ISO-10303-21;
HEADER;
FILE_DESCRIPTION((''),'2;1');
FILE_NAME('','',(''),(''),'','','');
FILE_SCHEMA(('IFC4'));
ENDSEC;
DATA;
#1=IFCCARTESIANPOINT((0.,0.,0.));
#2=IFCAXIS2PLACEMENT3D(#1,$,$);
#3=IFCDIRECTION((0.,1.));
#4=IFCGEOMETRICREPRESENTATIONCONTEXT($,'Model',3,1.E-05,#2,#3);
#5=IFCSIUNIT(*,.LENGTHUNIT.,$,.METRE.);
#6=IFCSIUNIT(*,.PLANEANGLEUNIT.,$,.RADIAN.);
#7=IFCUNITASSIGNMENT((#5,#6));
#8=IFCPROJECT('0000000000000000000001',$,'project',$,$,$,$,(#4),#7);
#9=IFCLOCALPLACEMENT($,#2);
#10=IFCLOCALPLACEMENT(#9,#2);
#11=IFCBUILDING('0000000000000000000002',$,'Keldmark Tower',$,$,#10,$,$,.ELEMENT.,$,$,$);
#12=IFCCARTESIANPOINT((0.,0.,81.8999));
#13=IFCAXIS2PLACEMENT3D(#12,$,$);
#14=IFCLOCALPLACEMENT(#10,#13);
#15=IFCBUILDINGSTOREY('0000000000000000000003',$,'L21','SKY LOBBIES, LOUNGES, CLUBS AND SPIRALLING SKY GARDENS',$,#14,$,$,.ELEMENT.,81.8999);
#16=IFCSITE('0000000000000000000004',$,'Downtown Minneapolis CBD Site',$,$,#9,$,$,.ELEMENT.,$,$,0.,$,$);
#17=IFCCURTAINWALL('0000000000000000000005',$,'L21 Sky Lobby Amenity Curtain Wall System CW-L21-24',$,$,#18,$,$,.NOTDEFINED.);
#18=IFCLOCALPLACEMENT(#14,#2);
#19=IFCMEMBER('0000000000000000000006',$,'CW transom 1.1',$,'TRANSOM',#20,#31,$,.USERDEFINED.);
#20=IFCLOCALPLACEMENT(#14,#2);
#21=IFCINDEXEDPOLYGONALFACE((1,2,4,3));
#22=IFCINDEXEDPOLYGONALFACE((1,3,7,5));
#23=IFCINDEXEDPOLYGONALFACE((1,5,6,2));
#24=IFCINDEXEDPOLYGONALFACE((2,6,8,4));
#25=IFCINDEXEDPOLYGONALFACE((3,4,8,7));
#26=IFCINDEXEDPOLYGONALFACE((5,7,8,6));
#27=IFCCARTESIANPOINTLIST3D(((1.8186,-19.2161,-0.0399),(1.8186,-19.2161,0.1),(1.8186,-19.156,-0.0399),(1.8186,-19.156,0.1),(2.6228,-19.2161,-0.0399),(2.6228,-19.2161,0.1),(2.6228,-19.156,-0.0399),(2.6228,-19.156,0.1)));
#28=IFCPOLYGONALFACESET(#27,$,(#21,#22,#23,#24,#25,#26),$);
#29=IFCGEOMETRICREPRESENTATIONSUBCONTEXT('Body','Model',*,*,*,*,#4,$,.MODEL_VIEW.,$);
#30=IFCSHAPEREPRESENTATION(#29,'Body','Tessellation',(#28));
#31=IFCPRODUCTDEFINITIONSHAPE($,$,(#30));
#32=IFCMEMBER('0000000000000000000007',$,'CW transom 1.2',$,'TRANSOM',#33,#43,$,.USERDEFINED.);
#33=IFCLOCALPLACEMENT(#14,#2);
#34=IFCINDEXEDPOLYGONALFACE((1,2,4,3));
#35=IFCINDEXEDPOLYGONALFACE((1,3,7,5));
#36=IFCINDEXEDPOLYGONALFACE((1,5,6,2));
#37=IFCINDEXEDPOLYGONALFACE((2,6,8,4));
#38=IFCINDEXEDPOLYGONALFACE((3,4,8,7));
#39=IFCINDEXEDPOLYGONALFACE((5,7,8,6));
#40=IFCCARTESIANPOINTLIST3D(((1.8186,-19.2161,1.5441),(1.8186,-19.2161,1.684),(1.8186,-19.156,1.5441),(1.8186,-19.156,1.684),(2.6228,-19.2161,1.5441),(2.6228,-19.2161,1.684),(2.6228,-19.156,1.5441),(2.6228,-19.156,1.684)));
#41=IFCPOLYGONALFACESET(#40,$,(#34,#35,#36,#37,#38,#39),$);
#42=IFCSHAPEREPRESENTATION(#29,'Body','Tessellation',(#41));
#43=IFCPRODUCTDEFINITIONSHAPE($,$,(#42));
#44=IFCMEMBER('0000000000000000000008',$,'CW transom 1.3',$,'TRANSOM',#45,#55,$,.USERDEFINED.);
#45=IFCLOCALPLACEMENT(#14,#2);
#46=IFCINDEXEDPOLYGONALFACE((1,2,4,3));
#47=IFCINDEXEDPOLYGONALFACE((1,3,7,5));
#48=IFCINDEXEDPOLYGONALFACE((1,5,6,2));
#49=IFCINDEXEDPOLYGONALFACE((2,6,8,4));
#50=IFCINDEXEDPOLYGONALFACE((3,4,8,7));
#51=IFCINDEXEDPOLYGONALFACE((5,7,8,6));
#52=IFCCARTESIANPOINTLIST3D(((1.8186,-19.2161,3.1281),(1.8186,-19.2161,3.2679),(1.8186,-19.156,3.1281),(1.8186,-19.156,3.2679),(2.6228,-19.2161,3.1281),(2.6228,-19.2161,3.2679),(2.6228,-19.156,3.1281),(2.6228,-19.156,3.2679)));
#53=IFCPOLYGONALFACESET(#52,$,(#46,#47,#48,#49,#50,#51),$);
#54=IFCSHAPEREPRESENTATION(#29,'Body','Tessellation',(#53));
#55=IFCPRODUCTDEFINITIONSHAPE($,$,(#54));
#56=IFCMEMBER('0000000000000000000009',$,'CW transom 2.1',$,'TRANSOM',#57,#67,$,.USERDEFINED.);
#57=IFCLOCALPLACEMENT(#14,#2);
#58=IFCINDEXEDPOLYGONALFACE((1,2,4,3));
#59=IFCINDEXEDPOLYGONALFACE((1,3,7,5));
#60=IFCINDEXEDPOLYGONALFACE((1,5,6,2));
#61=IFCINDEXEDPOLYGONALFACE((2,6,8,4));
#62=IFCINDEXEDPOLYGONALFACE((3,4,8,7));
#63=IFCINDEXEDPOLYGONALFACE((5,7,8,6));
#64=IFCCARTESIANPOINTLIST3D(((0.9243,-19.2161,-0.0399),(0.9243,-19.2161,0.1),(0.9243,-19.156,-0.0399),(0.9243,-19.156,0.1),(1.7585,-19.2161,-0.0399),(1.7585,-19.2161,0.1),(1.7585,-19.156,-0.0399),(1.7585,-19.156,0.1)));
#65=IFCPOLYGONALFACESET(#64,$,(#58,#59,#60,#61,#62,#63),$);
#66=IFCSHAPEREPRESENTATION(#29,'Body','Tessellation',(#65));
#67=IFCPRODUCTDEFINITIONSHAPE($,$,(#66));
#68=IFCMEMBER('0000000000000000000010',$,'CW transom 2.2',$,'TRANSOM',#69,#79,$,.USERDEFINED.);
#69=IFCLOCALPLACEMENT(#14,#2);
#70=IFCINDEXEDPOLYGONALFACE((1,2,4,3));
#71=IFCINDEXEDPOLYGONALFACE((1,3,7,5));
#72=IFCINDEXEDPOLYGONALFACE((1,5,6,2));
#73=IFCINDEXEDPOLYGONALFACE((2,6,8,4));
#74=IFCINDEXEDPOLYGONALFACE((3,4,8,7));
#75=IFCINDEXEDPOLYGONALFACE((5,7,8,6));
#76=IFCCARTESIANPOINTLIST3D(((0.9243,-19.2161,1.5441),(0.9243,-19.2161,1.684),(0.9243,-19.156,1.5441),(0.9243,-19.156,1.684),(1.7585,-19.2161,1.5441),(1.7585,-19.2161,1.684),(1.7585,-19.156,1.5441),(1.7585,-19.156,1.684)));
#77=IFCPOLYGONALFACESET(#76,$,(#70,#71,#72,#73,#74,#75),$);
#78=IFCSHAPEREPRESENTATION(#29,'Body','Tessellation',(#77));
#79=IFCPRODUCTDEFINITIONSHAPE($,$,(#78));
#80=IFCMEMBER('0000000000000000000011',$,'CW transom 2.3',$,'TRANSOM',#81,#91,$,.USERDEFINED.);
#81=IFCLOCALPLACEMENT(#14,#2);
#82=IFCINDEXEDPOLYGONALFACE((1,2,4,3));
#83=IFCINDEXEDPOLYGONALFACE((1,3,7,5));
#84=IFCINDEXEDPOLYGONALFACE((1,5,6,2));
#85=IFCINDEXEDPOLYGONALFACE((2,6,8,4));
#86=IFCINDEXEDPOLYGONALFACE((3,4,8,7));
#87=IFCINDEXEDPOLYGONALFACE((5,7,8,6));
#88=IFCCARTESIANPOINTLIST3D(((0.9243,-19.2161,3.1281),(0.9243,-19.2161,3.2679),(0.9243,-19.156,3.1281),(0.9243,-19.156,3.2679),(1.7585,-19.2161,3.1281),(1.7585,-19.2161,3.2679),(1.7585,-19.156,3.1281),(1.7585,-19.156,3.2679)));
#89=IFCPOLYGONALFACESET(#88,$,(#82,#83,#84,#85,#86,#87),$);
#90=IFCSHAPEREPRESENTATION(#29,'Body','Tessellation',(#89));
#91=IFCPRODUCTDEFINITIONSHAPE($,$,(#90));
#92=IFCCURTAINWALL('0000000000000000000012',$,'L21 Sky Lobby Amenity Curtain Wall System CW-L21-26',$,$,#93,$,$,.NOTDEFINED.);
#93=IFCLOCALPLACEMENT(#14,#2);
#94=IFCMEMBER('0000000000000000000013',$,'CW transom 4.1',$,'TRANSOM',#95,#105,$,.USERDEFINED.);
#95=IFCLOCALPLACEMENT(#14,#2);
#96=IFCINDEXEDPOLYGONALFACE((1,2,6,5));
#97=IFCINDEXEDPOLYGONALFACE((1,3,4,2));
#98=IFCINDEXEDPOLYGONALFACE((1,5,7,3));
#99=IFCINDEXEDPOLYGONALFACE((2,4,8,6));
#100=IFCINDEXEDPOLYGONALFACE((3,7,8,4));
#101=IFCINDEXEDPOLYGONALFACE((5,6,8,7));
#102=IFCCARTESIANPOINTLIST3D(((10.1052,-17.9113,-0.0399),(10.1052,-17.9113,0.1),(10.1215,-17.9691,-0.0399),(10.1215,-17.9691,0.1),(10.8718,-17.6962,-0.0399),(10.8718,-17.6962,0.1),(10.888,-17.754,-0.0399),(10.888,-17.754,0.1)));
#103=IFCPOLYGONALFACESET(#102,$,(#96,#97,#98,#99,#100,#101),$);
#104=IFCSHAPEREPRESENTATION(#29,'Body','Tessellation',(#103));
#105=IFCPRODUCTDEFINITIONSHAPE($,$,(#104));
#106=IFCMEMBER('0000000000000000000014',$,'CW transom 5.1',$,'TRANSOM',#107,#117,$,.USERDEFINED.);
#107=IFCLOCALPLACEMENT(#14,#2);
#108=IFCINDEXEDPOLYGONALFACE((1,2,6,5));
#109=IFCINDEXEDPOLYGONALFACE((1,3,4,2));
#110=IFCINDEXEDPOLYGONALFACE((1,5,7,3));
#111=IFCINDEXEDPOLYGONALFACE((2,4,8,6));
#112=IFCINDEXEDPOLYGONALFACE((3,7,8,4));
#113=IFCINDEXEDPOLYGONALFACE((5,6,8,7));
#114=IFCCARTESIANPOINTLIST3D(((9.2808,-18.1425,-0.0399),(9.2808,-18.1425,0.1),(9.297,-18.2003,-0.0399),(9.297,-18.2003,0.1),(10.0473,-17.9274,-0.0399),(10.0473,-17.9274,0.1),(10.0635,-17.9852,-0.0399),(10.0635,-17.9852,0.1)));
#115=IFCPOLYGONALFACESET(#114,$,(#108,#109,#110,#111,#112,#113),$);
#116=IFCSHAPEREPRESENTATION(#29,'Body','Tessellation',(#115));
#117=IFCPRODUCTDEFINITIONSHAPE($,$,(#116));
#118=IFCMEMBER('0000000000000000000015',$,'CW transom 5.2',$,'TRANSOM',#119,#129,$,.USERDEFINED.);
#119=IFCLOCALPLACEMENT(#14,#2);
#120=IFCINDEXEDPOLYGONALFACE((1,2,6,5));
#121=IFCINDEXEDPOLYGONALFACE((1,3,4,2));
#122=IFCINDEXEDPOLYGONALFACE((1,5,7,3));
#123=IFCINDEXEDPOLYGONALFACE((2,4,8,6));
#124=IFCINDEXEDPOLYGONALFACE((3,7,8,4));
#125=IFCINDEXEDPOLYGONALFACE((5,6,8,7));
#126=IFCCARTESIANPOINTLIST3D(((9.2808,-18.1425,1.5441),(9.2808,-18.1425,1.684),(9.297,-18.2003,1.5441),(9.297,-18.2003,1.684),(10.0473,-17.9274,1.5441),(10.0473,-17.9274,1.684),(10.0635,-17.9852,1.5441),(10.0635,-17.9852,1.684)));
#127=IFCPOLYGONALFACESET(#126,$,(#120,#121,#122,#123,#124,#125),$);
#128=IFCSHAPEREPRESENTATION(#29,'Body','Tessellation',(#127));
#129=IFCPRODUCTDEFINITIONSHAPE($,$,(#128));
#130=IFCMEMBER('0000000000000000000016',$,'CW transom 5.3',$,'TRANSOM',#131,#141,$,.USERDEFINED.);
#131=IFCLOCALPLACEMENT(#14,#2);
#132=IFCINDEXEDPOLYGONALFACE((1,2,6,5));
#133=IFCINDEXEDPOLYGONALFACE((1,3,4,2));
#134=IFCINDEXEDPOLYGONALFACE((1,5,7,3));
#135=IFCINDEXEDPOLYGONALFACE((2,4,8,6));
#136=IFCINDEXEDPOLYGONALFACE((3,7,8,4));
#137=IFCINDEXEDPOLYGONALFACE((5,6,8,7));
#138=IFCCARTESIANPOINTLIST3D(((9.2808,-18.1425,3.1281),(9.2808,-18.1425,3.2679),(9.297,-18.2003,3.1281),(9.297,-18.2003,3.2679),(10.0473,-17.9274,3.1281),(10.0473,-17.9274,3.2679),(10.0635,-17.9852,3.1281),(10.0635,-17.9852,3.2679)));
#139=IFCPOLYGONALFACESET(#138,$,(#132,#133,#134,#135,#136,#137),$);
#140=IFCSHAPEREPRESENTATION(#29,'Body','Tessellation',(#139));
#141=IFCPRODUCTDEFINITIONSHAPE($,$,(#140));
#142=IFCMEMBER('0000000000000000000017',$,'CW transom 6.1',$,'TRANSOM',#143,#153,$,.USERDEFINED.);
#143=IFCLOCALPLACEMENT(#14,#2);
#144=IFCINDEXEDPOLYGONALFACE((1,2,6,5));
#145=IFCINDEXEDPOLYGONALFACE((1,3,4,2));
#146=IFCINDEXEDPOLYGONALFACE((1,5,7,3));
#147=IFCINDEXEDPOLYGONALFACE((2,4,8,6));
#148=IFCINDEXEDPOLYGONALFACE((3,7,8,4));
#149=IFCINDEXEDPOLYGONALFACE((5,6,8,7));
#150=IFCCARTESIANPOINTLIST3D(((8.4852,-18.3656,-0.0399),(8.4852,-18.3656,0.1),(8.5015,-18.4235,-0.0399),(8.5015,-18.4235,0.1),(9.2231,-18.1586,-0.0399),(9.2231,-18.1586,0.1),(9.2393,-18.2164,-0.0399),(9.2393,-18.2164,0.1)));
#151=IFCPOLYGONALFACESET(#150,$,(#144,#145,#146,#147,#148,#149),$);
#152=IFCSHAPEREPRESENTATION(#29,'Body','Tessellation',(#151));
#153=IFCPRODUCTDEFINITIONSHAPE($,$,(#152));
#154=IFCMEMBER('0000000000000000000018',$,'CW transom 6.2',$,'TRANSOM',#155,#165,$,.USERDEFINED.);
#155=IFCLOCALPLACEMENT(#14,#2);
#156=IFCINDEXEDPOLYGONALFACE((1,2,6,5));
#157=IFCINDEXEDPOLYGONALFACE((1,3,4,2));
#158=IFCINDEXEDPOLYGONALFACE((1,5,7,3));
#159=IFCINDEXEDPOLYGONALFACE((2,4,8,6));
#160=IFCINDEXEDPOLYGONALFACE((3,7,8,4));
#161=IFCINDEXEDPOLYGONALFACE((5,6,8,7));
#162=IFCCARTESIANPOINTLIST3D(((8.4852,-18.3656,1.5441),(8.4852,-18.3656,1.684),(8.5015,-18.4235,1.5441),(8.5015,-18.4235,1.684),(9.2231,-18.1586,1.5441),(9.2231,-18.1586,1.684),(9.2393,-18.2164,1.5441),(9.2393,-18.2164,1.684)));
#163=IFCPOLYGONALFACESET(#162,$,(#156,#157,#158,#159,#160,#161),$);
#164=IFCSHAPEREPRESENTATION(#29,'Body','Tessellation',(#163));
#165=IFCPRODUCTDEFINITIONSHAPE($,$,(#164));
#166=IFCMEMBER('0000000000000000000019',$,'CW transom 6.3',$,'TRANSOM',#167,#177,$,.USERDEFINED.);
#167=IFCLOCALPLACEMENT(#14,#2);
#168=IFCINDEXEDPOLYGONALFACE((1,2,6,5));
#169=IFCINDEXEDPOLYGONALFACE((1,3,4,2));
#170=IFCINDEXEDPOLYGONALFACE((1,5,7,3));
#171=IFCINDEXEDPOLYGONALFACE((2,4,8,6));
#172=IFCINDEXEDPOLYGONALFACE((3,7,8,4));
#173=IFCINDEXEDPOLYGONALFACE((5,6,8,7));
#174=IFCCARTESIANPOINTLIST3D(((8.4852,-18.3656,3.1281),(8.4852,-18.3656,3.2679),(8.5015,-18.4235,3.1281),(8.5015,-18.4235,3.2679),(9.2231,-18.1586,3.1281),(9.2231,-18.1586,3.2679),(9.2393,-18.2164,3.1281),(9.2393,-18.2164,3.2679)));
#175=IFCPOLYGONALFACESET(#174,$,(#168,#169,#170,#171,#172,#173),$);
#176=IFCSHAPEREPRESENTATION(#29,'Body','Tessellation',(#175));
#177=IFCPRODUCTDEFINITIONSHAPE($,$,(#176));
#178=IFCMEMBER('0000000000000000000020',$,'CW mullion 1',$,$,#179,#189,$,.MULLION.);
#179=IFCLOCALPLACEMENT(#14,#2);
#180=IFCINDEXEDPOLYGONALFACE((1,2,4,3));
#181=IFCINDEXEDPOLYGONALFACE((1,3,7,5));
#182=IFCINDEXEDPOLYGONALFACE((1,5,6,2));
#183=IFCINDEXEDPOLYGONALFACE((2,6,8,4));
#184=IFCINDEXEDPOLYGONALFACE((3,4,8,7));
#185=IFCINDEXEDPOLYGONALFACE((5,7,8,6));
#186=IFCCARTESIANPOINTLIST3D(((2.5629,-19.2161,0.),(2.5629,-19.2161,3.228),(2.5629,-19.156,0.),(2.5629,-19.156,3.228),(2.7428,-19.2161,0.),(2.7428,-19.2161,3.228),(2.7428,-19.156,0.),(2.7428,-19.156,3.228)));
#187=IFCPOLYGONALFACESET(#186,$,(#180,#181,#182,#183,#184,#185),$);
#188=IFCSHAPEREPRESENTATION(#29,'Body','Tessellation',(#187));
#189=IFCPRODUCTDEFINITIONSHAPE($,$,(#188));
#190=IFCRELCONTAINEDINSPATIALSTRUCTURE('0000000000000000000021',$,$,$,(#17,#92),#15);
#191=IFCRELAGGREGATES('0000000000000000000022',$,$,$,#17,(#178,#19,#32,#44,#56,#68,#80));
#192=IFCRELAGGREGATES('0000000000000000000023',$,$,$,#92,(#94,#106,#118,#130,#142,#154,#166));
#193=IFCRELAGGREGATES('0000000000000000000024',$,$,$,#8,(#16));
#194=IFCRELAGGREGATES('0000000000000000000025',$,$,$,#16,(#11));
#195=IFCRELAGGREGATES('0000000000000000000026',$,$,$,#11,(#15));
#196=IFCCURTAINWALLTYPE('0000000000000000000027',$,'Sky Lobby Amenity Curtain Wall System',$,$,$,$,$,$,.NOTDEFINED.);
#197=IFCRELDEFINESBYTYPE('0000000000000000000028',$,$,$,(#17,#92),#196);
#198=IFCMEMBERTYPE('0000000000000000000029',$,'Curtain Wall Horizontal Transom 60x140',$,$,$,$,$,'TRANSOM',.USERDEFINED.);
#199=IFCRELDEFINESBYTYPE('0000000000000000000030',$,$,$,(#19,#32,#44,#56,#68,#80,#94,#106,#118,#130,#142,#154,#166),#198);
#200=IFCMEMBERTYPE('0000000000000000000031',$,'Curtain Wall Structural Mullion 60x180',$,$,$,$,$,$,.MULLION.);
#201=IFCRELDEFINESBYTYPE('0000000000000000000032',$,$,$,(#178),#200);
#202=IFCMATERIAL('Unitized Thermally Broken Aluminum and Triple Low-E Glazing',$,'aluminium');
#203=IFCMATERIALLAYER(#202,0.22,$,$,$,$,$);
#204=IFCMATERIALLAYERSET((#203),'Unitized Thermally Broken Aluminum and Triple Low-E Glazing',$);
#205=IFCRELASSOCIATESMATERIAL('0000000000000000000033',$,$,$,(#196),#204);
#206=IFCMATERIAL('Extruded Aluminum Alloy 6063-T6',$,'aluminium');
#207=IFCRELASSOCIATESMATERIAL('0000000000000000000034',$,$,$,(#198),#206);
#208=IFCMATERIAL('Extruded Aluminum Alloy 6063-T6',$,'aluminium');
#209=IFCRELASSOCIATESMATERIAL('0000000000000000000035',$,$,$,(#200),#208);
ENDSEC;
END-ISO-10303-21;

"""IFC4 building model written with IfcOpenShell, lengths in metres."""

from ifc_helpers import new_model, si_unit, direction, frame, origin, origin_2d, place, context, subcontext, project, spatial, rectangle, extrude, material, layer, layer_set, material_profile, profile_set, type_object, element, aggregate, save


model = new_model("IFC4")

# Units and contexts
model_context = context("Model", 3, precision=1e-05, world=origin(), true_north=direction((0.0, 1.0)))
body_context = subcontext(model_context, "Body", "Model", "MODEL_VIEW")
ifc_project = project(units=[si_unit("LENGTHUNIT", "METRE"), si_unit("PLANEANGLEUNIT", "RADIAN")], contexts=[model_context])

# Site, building, storey
site_placement = place(None, origin())
site = spatial("IfcSite", under=ifc_project, at=site_placement, Name="Downtown Minneapolis CBD Site", CompositionType="ELEMENT", RefElevation=0.0)
building_placement = place(site_placement, origin())
building = spatial("IfcBuilding", under=site, at=building_placement, Name="Keldmark Tower", CompositionType="ELEMENT")
storey_placement = place(building_placement, frame((0.0, 0.0, 81.8999)))
storey = spatial("IfcBuildingStorey", under=building, at=storey_placement, Name="L21", Description="SKY LOBBIES, LOUNGES, CLUBS AND SPIRALLING SKY GARDENS", CompositionType="ELEMENT", Elevation=81.8999)

# Curtain walls, members
ifc_material_1 = material(Name="Unitized Thermally Broken Aluminum and Triple Low-E Glazing", Category="aluminium")
ifc_layer_1 = layer(ifc_material_1, 0.22)
ifc_layer_set_1 = layer_set([ifc_layer_1], Name="Unitized Thermally Broken Aluminum and Triple Low-E Glazing")
curtain_wall_type = type_object("IfcCurtainWallType", Name="Sky Lobby Amenity Curtain Wall System", PredefinedType="NOTDEFINED", material=ifc_layer_set_1)
curtain_wall_1_placement = place(storey_placement, origin())
curtain_wall_1 = element("IfcCurtainWall", 1, at=curtain_wall_1_placement, inside=storey, type_object=curtain_wall_type, Name="L21 Sky Lobby Amenity Curtain Wall System CW-L21-24", PredefinedType="NOTDEFINED")
ifc_material_2 = material(Name="Extruded Aluminum Alloy 6063-T6", Category="aluminium")
ifc_material_profile_1 = material_profile(ifc_material_2, rectangle(XDim=0.0601, YDim=0.1399, at=origin_2d()), Name="CWT60X140")
ifc_profile_set_1 = profile_set([ifc_material_profile_1], Name="Extruded Aluminum Alloy 6063-T6")
member_type_1 = type_object("IfcMemberType", Name="Curtain Wall Horizontal Transom 60x140", ElementType="TRANSOM", PredefinedType="USERDEFINED", material=ifc_profile_set_1)
member_1_placement = place(storey_placement, frame((2.6228, -19.186, 0.03), z_axis=(-1.0, 0.0, 0.0), x_axis=(0.0, -1.0, 0.0)))
member_1 = element("IfcMember", 2, at=member_1_placement, type_object=member_type_1, Name="CW transom 1.1", ObjectType="TRANSOM", PredefinedType="USERDEFINED", context=body_context, shape_type="SweptSolid", body=[
    extrude(rectangle(XDim=0.0601, YDim=0.1399, at=origin_2d()), origin(), (0.0, 0.0, 1.0), 0.8042),
])
member_2_placement = place(storey_placement, frame((2.6228, -19.186, 1.614), z_axis=(-1.0, 0.0, 0.0), x_axis=(0.0, -1.0, 0.0)))
member_2 = element("IfcMember", 3, at=member_2_placement, type_object=member_type_1, Name="CW transom 1.2", ObjectType="TRANSOM", PredefinedType="USERDEFINED", context=body_context, shape_type="SweptSolid", body=[
    extrude(rectangle(XDim=0.0601, YDim=0.1399, at=origin_2d()), origin(), (0.0, 0.0, 1.0), 0.8042),
])
member_3_placement = place(storey_placement, frame((2.6228, -19.186, 3.198), z_axis=(-1.0, 0.0, 0.0), x_axis=(0.0, -1.0, 0.0)))
member_3 = element("IfcMember", 4, at=member_3_placement, type_object=member_type_1, Name="CW transom 1.3", ObjectType="TRANSOM", PredefinedType="USERDEFINED", context=body_context, shape_type="SweptSolid", body=[
    extrude(rectangle(XDim=0.0601, YDim=0.1399, at=origin_2d()), origin(), (0.0, 0.0, 1.0), 0.8042),
])
member_4_placement = place(storey_placement, frame((1.7585, -19.186, 0.03), z_axis=(-1.0, 0.0, 0.0), x_axis=(0.0, -1.0, 0.0)))
member_4 = element("IfcMember", 5, at=member_4_placement, type_object=member_type_1, Name="CW transom 2.1", ObjectType="TRANSOM", PredefinedType="USERDEFINED", context=body_context, shape_type="SweptSolid", body=[
    extrude(rectangle(XDim=0.0601, YDim=0.1399, at=origin_2d()), origin(), (0.0, 0.0, 1.0), 0.8342),
])
member_5_placement = place(storey_placement, frame((1.7585, -19.186, 1.614), z_axis=(-1.0, 0.0, 0.0), x_axis=(0.0, -1.0, 0.0)))
member_5 = element("IfcMember", 6, at=member_5_placement, type_object=member_type_1, Name="CW transom 2.2", ObjectType="TRANSOM", PredefinedType="USERDEFINED", context=body_context, shape_type="SweptSolid", body=[
    extrude(rectangle(XDim=0.0601, YDim=0.1399, at=origin_2d()), origin(), (0.0, 0.0, 1.0), 0.8342),
])
member_6_placement = place(storey_placement, frame((1.7585, -19.186, 3.198), z_axis=(-1.0, 0.0, 0.0), x_axis=(0.0, -1.0, 0.0)))
member_6 = element("IfcMember", 7, at=member_6_placement, type_object=member_type_1, Name="CW transom 2.3", ObjectType="TRANSOM", PredefinedType="USERDEFINED", context=body_context, shape_type="SweptSolid", body=[
    extrude(rectangle(XDim=0.0601, YDim=0.1399, at=origin_2d()), origin(), (0.0, 0.0, 1.0), 0.8342),
])
curtain_wall_2_placement = place(storey_placement, origin())
curtain_wall_2 = element("IfcCurtainWall", 8, at=curtain_wall_2_placement, inside=storey, type_object=curtain_wall_type, Name="L21 Sky Lobby Amenity Curtain Wall System CW-L21-26", PredefinedType="NOTDEFINED")
member_7_placement = place(storey_placement, frame((10.8799, -17.7251, 0.03), z_axis=(-0.962821, -0.270142, 0.0), x_axis=(0.270142, -0.962821, 0.0)))
member_7 = element("IfcMember", 9, at=member_7_placement, type_object=member_type_1, Name="CW transom 4.1", ObjectType="TRANSOM", PredefinedType="USERDEFINED", context=body_context, shape_type="SweptSolid", body=[
    extrude(rectangle(XDim=0.0601, YDim=0.1399, at=origin_2d()), origin(), (0.0, 0.0, 1.0), 0.7961),
])
member_8_placement = place(storey_placement, frame((10.0554, -17.9563, 0.03), z_axis=(-0.962821, -0.270142, 0.0), x_axis=(0.270142, -0.962821, 0.0)))
member_8 = element("IfcMember", 10, at=member_8_placement, type_object=member_type_1, Name="CW transom 5.1", ObjectType="TRANSOM", PredefinedType="USERDEFINED", context=body_context, shape_type="SweptSolid", body=[
    extrude(rectangle(XDim=0.0601, YDim=0.1399, at=origin_2d()), origin(), (0.0, 0.0, 1.0), 0.7961),
])
member_9_placement = place(storey_placement, frame((10.0554, -17.9563, 1.614), z_axis=(-0.962821, -0.270142, 0.0), x_axis=(0.270142, -0.962821, 0.0)))
member_9 = element("IfcMember", 11, at=member_9_placement, type_object=member_type_1, Name="CW transom 5.2", ObjectType="TRANSOM", PredefinedType="USERDEFINED", context=body_context, shape_type="SweptSolid", body=[
    extrude(rectangle(XDim=0.0601, YDim=0.1399, at=origin_2d()), origin(), (0.0, 0.0, 1.0), 0.7961),
])
member_10_placement = place(storey_placement, frame((10.0554, -17.9563, 3.198), z_axis=(-0.962821, -0.270142, 0.0), x_axis=(0.270142, -0.962821, 0.0)))
member_10 = element("IfcMember", 12, at=member_10_placement, type_object=member_type_1, Name="CW transom 5.3", ObjectType="TRANSOM", PredefinedType="USERDEFINED", context=body_context, shape_type="SweptSolid", body=[
    extrude(rectangle(XDim=0.0601, YDim=0.1399, at=origin_2d()), origin(), (0.0, 0.0, 1.0), 0.7961),
])
member_11_placement = place(storey_placement, frame((9.2312, -18.1875, 0.03), z_axis=(-0.962812, -0.270173, 0.0), x_axis=(0.270173, -0.962812, 0.0)))
member_11 = element("IfcMember", 13, at=member_11_placement, type_object=member_type_1, Name="CW transom 6.1", ObjectType="TRANSOM", PredefinedType="USERDEFINED", context=body_context, shape_type="SweptSolid", body=[
    extrude(rectangle(XDim=0.0601, YDim=0.1399, at=origin_2d()), origin(), (0.0, 0.0, 1.0), 0.7664),
])
member_12_placement = place(storey_placement, frame((9.2312, -18.1875, 1.614), z_axis=(-0.962812, -0.270173, 0.0), x_axis=(0.270173, -0.962812, 0.0)))
member_12 = element("IfcMember", 14, at=member_12_placement, type_object=member_type_1, Name="CW transom 6.2", ObjectType="TRANSOM", PredefinedType="USERDEFINED", context=body_context, shape_type="SweptSolid", body=[
    extrude(rectangle(XDim=0.0601, YDim=0.1399, at=origin_2d()), origin(), (0.0, 0.0, 1.0), 0.7664),
])
member_13_placement = place(storey_placement, frame((9.2312, -18.1875, 3.198), z_axis=(-0.962812, -0.270173, 0.0), x_axis=(0.270173, -0.962812, 0.0)))
member_13 = element("IfcMember", 15, at=member_13_placement, type_object=member_type_1, Name="CW transom 6.3", ObjectType="TRANSOM", PredefinedType="USERDEFINED", context=body_context, shape_type="SweptSolid", body=[
    extrude(rectangle(XDim=0.0601, YDim=0.1399, at=origin_2d()), origin(), (0.0, 0.0, 1.0), 0.7664),
])

# Member
ifc_material_3 = material(Name="Extruded Aluminum Alloy 6063-T6", Category="aluminium")
ifc_material_profile_2 = material_profile(ifc_material_3, rectangle(XDim=0.0601, YDim=0.1799, at=origin_2d()), Name="CWM60X180")
ifc_profile_set_2 = profile_set([ifc_material_profile_2], Name="Extruded Aluminum Alloy 6063-T6")
member_type_2 = type_object("IfcMemberType", Name="Curtain Wall Structural Mullion 60x180", PredefinedType="MULLION", material=ifc_profile_set_2)
member_14_placement = place(storey_placement, frame((2.6528, -19.186, 0.0), z_axis=(0.0, 0.0, 1.0), x_axis=(0.0, -1.0, 0.0)))
member_14 = element("IfcMember", 16, at=member_14_placement, type_object=member_type_2, Name="CW mullion 1", PredefinedType="MULLION", context=body_context, shape_type="SweptSolid", body=[
    extrude(rectangle(XDim=0.0601, YDim=0.1799, at=origin_2d()), origin(), (0.0, 0.0, 1.0), 3.228),
])

aggregate(curtain_wall_1, [member_14, member_1, member_2, member_3, member_4, member_5, member_6])
aggregate(curtain_wall_2, [member_7, member_8, member_9, member_10, member_11, member_12, member_13])

save(model, "model.ifc")
